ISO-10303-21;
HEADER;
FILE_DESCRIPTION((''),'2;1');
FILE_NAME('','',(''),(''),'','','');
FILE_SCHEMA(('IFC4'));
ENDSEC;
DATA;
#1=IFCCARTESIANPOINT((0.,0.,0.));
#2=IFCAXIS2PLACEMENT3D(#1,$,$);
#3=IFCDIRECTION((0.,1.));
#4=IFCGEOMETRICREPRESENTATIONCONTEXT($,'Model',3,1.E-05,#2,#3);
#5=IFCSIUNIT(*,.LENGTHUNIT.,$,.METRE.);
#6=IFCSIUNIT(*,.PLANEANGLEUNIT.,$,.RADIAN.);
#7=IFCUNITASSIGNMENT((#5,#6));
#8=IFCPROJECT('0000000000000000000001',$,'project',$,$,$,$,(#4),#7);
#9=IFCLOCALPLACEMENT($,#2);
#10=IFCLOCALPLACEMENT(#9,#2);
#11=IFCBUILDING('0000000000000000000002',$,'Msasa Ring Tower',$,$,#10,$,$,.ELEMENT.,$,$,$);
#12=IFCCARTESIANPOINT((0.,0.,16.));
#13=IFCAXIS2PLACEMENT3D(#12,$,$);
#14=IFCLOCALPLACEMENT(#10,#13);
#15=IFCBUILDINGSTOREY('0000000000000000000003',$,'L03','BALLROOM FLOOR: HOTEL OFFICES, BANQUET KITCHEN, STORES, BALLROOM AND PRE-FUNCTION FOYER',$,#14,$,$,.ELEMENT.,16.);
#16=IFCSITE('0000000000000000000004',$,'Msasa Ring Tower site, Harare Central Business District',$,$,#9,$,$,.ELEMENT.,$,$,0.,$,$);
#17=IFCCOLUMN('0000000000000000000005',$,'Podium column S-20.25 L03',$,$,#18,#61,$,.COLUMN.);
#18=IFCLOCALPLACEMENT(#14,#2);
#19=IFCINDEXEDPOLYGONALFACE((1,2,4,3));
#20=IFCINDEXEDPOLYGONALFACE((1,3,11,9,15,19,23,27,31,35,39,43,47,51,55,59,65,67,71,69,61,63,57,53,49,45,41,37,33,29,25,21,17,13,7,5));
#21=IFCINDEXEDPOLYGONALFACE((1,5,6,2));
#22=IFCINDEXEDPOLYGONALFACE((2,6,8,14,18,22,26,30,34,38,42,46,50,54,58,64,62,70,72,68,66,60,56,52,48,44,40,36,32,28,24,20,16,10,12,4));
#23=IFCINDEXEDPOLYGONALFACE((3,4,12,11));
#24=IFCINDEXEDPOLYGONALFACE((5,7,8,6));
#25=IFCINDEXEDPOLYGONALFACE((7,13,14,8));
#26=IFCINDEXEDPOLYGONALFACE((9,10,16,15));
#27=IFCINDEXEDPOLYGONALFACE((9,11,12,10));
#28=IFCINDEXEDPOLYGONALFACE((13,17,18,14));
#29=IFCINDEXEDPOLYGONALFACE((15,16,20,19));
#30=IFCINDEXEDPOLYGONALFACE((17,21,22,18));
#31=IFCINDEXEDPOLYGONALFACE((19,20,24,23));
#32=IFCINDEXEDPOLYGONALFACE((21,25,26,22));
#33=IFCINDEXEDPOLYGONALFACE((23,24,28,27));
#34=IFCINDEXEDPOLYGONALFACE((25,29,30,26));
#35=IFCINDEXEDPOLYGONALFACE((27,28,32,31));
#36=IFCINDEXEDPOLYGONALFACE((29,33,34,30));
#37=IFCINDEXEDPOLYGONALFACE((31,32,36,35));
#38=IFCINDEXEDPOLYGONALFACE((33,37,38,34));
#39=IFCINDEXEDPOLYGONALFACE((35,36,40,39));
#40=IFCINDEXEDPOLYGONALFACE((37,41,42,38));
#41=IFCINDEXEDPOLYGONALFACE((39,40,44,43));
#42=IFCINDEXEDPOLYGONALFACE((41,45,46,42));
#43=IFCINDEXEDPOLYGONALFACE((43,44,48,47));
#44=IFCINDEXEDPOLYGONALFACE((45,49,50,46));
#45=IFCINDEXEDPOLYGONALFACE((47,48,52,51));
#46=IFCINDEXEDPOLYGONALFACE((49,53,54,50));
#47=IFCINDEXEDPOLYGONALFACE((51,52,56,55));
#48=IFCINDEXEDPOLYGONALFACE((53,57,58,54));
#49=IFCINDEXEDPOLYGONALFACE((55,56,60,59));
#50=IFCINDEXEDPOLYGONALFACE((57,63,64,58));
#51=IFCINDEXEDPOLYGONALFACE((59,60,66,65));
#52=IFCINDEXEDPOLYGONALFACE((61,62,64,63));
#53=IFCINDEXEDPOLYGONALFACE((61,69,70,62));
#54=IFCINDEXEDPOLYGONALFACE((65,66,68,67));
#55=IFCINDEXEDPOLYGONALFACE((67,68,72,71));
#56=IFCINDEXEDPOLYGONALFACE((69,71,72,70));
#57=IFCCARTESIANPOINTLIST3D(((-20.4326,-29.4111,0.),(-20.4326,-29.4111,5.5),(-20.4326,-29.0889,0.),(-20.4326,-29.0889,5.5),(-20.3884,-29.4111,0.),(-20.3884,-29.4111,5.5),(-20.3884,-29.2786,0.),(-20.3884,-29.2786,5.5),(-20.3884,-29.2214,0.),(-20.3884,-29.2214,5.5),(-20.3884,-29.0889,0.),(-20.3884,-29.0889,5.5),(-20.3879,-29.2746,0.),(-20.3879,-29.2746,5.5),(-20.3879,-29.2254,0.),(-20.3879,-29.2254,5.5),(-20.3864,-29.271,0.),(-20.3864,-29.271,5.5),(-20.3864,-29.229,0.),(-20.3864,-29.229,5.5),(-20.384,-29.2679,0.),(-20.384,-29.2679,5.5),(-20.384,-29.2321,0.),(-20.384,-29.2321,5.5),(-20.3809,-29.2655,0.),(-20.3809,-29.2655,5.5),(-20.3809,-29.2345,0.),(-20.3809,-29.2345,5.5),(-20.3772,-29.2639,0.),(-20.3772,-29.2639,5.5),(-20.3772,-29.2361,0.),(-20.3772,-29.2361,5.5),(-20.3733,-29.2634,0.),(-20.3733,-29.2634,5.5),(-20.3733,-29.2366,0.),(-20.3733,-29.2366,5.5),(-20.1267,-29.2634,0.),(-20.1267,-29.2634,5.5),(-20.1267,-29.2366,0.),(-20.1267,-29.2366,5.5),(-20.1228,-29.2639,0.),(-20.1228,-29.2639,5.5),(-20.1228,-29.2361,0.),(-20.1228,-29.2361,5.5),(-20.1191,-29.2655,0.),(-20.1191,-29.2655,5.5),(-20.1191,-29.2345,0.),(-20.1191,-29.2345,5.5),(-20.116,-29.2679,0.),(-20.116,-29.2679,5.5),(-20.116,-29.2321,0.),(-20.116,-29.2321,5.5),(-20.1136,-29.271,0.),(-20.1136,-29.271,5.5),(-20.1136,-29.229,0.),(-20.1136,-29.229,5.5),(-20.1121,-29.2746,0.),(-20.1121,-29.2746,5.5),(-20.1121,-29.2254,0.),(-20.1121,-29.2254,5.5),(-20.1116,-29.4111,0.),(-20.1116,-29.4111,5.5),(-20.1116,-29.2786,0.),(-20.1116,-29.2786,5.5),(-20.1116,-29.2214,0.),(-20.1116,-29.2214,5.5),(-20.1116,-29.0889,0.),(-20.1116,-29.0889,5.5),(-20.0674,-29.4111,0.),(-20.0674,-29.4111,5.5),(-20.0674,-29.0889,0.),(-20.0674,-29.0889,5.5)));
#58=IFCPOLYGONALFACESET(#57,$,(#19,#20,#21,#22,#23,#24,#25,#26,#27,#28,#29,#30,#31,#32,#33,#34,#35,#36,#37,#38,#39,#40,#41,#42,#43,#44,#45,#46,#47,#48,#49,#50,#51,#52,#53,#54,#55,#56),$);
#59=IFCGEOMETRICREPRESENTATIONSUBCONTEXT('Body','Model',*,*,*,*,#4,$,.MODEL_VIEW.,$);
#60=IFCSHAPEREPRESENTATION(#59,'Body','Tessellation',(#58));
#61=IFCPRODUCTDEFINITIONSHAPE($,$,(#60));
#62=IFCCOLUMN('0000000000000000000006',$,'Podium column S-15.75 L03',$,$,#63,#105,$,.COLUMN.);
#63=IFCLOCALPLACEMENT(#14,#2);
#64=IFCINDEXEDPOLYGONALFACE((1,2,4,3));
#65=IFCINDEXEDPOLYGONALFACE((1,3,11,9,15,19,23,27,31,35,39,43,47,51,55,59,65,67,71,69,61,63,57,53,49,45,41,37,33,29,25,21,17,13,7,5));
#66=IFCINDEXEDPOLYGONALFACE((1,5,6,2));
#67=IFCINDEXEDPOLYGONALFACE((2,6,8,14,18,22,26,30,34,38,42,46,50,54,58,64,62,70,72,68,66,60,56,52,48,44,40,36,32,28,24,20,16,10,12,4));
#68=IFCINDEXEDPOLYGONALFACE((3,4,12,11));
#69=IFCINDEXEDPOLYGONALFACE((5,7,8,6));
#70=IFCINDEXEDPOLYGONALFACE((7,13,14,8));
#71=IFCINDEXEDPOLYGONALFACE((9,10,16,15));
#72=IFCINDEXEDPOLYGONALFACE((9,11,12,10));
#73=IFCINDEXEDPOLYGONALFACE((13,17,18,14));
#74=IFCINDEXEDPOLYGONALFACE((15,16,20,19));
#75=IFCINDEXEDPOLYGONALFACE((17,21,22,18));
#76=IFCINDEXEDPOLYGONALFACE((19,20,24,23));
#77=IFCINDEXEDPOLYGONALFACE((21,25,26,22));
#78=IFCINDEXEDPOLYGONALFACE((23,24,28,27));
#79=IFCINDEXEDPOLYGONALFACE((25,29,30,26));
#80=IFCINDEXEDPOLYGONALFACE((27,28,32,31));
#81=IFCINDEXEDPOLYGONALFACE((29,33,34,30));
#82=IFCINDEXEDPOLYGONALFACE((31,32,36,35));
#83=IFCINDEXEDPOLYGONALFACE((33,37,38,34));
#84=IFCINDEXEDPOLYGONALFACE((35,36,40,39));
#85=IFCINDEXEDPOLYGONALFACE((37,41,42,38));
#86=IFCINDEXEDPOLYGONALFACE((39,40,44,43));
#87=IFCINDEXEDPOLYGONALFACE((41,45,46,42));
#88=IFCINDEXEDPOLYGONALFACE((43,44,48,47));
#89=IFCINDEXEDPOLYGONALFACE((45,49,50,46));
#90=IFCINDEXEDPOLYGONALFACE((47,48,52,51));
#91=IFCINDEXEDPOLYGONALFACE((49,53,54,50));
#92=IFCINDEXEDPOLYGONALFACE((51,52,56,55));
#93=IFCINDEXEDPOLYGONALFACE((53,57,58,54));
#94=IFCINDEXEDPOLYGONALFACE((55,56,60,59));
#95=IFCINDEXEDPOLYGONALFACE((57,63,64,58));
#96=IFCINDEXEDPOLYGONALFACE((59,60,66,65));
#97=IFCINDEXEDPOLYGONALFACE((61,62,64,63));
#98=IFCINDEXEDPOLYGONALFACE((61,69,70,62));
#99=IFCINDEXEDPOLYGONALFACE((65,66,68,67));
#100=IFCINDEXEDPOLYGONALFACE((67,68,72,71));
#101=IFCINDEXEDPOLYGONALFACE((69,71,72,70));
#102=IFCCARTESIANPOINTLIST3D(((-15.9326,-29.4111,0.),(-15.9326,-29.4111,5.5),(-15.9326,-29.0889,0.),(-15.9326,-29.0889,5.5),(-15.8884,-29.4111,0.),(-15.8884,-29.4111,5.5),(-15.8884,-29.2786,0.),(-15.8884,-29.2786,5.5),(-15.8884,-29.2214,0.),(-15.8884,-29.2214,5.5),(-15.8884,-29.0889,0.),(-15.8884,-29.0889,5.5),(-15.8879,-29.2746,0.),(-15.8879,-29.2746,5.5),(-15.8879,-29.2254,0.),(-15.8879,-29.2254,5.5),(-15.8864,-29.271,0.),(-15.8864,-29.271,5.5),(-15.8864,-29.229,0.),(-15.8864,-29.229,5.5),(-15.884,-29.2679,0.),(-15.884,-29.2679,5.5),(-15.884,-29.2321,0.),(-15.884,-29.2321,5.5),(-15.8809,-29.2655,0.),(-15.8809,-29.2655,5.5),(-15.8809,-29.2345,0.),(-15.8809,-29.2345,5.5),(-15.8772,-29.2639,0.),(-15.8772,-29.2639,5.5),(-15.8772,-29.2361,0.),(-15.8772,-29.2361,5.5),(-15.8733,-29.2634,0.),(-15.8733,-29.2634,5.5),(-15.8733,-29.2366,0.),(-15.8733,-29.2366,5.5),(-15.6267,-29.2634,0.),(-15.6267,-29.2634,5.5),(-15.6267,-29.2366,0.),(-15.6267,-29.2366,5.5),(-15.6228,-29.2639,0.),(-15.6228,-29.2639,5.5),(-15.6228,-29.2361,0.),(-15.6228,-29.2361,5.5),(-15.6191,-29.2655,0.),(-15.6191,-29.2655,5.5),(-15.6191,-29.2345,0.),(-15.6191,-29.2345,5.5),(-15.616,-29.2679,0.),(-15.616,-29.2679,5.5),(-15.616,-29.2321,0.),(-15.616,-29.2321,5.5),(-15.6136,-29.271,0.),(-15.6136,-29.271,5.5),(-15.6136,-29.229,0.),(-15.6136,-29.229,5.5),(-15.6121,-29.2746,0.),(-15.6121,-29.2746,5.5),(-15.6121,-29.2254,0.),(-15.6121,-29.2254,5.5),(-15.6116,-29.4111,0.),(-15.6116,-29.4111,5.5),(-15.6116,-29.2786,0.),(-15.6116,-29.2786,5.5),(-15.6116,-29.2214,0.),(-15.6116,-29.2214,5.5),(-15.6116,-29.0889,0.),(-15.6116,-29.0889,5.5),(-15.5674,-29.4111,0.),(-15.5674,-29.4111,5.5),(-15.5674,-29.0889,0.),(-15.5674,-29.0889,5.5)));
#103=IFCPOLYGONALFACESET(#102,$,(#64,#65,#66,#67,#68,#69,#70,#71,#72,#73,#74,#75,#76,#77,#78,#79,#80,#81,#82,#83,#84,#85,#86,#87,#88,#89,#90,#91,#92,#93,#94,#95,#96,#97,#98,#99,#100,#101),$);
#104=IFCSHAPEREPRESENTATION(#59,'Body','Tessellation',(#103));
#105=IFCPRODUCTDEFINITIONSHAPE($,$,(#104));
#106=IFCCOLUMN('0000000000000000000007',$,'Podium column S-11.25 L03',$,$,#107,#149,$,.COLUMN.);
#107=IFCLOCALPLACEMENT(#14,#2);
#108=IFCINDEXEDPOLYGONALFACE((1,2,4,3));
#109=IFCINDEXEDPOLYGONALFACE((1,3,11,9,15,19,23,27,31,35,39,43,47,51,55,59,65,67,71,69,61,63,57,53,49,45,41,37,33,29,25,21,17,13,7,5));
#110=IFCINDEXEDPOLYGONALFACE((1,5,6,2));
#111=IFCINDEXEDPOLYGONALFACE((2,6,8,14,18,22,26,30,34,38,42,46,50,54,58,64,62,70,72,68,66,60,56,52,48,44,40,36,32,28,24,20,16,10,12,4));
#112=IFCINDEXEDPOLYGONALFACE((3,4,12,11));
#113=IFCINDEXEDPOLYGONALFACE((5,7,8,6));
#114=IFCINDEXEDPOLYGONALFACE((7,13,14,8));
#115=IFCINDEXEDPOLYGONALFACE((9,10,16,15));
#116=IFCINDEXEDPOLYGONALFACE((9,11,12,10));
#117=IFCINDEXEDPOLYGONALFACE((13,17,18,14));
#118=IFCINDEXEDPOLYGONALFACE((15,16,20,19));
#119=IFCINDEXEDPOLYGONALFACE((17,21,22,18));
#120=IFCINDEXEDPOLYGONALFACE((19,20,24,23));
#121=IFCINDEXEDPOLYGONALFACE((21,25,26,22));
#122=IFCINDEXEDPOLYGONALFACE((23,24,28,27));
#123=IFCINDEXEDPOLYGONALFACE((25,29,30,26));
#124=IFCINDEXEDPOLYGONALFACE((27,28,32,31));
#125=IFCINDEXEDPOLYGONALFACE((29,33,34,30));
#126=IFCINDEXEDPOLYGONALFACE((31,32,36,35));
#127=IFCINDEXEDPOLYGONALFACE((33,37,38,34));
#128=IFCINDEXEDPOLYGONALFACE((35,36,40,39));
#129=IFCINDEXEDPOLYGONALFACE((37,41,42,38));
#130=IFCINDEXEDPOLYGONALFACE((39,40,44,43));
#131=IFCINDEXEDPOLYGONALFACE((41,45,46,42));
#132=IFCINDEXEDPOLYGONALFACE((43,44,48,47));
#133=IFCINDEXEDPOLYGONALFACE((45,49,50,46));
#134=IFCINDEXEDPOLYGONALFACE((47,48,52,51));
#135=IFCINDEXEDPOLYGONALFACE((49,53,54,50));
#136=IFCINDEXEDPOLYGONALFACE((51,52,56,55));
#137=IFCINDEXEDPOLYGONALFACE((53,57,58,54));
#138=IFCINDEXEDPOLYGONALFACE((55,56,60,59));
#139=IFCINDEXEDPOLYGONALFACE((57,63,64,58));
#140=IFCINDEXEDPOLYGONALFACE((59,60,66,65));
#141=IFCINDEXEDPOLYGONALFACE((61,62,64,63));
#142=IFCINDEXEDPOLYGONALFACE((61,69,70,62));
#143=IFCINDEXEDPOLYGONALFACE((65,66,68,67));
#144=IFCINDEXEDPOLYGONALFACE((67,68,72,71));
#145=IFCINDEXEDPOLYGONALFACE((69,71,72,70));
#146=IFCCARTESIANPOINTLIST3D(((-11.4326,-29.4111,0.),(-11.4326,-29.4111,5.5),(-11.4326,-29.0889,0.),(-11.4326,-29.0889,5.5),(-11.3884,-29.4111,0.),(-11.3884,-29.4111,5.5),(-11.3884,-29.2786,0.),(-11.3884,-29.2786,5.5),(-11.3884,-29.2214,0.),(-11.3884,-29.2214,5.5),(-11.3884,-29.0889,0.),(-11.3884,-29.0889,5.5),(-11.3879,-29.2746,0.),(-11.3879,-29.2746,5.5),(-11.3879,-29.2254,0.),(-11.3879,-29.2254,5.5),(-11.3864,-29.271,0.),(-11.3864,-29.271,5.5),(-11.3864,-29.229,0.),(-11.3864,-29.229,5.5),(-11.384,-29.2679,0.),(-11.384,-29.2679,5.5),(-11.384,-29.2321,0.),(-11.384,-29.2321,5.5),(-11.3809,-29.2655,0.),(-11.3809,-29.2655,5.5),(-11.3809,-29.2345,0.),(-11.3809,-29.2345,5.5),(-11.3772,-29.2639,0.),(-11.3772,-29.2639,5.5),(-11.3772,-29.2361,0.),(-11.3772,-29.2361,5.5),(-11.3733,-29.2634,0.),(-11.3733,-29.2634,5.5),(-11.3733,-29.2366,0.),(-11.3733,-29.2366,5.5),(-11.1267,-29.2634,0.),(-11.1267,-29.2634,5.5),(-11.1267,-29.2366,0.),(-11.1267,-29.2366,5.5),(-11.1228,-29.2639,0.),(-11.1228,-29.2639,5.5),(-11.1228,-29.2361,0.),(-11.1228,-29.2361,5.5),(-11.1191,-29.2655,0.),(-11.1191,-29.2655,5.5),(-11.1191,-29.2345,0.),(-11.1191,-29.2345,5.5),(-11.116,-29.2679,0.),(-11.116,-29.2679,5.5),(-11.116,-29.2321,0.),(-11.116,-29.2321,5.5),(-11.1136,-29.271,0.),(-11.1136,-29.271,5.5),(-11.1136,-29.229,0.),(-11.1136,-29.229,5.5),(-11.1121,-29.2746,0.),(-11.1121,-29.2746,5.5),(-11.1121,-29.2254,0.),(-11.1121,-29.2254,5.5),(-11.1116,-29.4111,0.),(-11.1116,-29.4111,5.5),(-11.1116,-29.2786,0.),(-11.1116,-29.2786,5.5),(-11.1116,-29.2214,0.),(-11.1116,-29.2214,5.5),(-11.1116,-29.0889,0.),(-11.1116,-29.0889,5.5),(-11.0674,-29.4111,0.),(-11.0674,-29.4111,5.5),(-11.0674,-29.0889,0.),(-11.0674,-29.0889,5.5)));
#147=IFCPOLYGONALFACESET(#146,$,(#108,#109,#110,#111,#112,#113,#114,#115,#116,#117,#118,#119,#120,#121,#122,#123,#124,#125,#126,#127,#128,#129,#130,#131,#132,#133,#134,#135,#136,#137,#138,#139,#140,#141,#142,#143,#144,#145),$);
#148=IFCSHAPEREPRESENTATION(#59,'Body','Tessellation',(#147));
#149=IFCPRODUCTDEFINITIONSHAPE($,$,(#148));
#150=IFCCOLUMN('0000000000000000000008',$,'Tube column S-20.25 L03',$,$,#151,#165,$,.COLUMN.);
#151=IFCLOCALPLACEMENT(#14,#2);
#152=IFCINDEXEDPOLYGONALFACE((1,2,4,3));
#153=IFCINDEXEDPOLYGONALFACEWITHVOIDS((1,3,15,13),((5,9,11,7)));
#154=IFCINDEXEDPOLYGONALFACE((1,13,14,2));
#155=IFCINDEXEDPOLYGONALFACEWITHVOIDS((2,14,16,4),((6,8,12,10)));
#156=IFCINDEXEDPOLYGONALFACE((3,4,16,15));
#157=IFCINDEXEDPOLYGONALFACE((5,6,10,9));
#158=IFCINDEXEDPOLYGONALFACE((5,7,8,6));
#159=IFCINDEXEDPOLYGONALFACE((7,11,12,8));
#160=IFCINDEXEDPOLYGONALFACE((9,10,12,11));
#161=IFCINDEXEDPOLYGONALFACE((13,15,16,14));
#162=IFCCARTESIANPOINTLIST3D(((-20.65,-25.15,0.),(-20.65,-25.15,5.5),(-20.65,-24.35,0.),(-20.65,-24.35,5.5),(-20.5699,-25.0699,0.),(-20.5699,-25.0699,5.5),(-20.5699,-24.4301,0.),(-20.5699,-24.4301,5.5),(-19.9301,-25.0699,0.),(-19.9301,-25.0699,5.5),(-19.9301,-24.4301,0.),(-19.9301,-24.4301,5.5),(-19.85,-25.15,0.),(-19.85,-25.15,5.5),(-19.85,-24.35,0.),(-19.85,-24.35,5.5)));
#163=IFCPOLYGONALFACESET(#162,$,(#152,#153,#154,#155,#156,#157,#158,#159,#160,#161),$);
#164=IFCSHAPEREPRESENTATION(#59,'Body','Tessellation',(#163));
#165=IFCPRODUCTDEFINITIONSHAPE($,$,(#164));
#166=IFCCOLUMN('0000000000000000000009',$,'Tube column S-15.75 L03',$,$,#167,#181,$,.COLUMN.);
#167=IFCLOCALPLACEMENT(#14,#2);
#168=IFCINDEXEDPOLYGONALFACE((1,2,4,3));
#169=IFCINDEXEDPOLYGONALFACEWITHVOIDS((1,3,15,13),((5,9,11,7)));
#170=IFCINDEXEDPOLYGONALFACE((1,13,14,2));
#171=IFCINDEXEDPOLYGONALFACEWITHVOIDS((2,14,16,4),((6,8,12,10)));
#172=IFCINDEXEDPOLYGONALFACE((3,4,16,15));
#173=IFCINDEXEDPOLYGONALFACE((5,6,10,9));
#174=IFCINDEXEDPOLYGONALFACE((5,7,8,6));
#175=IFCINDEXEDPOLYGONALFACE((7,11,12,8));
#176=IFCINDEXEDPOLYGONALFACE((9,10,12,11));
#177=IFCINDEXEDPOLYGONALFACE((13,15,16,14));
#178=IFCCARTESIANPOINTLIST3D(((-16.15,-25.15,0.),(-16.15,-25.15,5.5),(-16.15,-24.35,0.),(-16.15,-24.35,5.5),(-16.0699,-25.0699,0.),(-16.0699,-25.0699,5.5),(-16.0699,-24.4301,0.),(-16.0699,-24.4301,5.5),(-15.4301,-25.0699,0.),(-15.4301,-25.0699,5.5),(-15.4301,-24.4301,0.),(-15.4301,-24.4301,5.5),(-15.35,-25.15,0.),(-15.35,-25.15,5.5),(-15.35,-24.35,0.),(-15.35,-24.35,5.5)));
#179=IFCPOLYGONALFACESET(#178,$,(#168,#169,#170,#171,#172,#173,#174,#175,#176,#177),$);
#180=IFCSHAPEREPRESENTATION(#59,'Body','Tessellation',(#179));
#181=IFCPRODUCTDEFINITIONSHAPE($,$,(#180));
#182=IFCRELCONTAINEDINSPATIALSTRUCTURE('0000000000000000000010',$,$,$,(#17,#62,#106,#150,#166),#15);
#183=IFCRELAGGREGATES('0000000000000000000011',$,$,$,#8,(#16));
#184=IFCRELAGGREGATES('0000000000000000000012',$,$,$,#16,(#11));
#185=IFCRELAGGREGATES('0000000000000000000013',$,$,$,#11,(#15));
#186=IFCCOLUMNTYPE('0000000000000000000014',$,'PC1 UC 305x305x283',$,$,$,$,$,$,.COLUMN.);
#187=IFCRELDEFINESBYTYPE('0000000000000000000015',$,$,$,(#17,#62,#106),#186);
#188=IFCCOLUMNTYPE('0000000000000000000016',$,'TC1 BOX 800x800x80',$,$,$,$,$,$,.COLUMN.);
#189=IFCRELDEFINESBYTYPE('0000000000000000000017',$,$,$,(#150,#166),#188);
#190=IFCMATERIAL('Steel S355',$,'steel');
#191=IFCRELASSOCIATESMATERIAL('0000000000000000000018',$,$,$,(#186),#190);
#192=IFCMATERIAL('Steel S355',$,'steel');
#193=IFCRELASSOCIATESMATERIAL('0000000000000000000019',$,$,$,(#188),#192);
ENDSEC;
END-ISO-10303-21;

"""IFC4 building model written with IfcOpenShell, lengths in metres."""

from ifc_helpers import new_model, si_unit, direction, frame, origin, origin_2d, place, context, subcontext, project, spatial, hollow_rectangle, i_section, extrude, material, material_profile, profile_set, type_object, element, save


model = new_model("IFC4")

# Units and contexts
model_context = context("Model", 3, precision=1e-05, world=origin(), true_north=direction((0.0, 1.0)))
body_context = subcontext(model_context, "Body", "Model", "MODEL_VIEW")
ifc_project = project(units=[si_unit("LENGTHUNIT", "METRE"), si_unit("PLANEANGLEUNIT", "RADIAN")], contexts=[model_context])

# Site, building, storey
site_placement = place(None, origin())
site = spatial("IfcSite", under=ifc_project, at=site_placement, Name="Msasa Ring Tower site, Harare Central Business District", CompositionType="ELEMENT", RefElevation=0.0)
building_placement = place(site_placement, origin())
building = spatial("IfcBuilding", under=site, at=building_placement, Name="Msasa Ring Tower", CompositionType="ELEMENT")
storey_placement = place(building_placement, frame((0.0, 0.0, 16.0)))
storey = spatial("IfcBuildingStorey", under=building, at=storey_placement, Name="L03", Description="BALLROOM FLOOR: HOTEL OFFICES, BANQUET KITCHEN, STORES, BALLROOM AND PRE-FUNCTION FOYER", CompositionType="ELEMENT", Elevation=16.0)

# Columns
ifc_material_1 = material(Name="Steel S355", Category="steel")
ifc_material_profile_1 = material_profile(ifc_material_1, i_section(OverallWidth=0.3223, OverallDepth=0.3652, WebThickness=0.0269, FlangeThickness=0.0442, FilletRadius=0.0151, at=origin_2d()), Name="UC 305x305x283")
ifc_profile_set_1 = profile_set([ifc_material_profile_1], Name="Steel S355")
column_type_1 = type_object("IfcColumnType", Name="PC1 UC 305x305x283", PredefinedType="COLUMN", material=ifc_profile_set_1)
for number, where, z_axis, x_axis, name in (
    (1, (-20.25, -29.25, 0.0), (0.0, 0.0, 1.0), (0.0, 1.0, 0.0), "Podium column S-20.25 L03"),
    (2, (-15.75, -29.25, 0.0), (0.0, 0.0, 1.0), (0.0, 1.0, 0.0), "Podium column S-15.75 L03"),
    (3, (-11.25, -29.25, 0.0), (0.0, 0.0, 1.0), (0.0, 1.0, 0.0), "Podium column S-11.25 L03"),
):
    element("IfcColumn", number, at=place(storey_placement, frame(where, z_axis=z_axis, x_axis=x_axis)), inside=storey, type_object=column_type_1, Name=name, PredefinedType="COLUMN", context=body_context, shape_type="SweptSolid", body=[
        extrude(i_section(OverallWidth=0.3223, OverallDepth=0.3652, WebThickness=0.0269, FlangeThickness=0.0442, FilletRadius=0.0151, at=origin_2d()), origin(), (0.0, 0.0, 1.0), 5.5),
    ])
ifc_material_2 = material(Name="Steel S355", Category="steel")
ifc_material_profile_2 = material_profile(ifc_material_2, hollow_rectangle(XDim=0.8, YDim=0.8, WallThickness=0.0801, at=origin_2d()), Name="BOX 800x800x80")
ifc_profile_set_2 = profile_set([ifc_material_profile_2], Name="Steel S355")
column_type_2 = type_object("IfcColumnType", Name="TC1 BOX 800x800x80", PredefinedType="COLUMN", material=ifc_profile_set_2)
for number, where, z_axis, x_axis, name in (
    (4, (-20.25, -24.75, 0.0), (0.0, 0.0, 1.0), (0.0, 1.0, 0.0), "Tube column S-20.25 L03"),
    (5, (-15.75, -24.75, 0.0), (0.0, 0.0, 1.0), (0.0, 1.0, 0.0), "Tube column S-15.75 L03"),
):
    element("IfcColumn", number, at=place(storey_placement, frame(where, z_axis=z_axis, x_axis=x_axis)), inside=storey, type_object=column_type_2, Name=name, PredefinedType="COLUMN", context=body_context, shape_type="SweptSolid", body=[
        extrude(hollow_rectangle(XDim=0.8, YDim=0.8, WallThickness=0.0801, at=origin_2d()), origin(), (0.0, 0.0, 1.0), 5.5),
    ])

save(model, "model.ifc")
